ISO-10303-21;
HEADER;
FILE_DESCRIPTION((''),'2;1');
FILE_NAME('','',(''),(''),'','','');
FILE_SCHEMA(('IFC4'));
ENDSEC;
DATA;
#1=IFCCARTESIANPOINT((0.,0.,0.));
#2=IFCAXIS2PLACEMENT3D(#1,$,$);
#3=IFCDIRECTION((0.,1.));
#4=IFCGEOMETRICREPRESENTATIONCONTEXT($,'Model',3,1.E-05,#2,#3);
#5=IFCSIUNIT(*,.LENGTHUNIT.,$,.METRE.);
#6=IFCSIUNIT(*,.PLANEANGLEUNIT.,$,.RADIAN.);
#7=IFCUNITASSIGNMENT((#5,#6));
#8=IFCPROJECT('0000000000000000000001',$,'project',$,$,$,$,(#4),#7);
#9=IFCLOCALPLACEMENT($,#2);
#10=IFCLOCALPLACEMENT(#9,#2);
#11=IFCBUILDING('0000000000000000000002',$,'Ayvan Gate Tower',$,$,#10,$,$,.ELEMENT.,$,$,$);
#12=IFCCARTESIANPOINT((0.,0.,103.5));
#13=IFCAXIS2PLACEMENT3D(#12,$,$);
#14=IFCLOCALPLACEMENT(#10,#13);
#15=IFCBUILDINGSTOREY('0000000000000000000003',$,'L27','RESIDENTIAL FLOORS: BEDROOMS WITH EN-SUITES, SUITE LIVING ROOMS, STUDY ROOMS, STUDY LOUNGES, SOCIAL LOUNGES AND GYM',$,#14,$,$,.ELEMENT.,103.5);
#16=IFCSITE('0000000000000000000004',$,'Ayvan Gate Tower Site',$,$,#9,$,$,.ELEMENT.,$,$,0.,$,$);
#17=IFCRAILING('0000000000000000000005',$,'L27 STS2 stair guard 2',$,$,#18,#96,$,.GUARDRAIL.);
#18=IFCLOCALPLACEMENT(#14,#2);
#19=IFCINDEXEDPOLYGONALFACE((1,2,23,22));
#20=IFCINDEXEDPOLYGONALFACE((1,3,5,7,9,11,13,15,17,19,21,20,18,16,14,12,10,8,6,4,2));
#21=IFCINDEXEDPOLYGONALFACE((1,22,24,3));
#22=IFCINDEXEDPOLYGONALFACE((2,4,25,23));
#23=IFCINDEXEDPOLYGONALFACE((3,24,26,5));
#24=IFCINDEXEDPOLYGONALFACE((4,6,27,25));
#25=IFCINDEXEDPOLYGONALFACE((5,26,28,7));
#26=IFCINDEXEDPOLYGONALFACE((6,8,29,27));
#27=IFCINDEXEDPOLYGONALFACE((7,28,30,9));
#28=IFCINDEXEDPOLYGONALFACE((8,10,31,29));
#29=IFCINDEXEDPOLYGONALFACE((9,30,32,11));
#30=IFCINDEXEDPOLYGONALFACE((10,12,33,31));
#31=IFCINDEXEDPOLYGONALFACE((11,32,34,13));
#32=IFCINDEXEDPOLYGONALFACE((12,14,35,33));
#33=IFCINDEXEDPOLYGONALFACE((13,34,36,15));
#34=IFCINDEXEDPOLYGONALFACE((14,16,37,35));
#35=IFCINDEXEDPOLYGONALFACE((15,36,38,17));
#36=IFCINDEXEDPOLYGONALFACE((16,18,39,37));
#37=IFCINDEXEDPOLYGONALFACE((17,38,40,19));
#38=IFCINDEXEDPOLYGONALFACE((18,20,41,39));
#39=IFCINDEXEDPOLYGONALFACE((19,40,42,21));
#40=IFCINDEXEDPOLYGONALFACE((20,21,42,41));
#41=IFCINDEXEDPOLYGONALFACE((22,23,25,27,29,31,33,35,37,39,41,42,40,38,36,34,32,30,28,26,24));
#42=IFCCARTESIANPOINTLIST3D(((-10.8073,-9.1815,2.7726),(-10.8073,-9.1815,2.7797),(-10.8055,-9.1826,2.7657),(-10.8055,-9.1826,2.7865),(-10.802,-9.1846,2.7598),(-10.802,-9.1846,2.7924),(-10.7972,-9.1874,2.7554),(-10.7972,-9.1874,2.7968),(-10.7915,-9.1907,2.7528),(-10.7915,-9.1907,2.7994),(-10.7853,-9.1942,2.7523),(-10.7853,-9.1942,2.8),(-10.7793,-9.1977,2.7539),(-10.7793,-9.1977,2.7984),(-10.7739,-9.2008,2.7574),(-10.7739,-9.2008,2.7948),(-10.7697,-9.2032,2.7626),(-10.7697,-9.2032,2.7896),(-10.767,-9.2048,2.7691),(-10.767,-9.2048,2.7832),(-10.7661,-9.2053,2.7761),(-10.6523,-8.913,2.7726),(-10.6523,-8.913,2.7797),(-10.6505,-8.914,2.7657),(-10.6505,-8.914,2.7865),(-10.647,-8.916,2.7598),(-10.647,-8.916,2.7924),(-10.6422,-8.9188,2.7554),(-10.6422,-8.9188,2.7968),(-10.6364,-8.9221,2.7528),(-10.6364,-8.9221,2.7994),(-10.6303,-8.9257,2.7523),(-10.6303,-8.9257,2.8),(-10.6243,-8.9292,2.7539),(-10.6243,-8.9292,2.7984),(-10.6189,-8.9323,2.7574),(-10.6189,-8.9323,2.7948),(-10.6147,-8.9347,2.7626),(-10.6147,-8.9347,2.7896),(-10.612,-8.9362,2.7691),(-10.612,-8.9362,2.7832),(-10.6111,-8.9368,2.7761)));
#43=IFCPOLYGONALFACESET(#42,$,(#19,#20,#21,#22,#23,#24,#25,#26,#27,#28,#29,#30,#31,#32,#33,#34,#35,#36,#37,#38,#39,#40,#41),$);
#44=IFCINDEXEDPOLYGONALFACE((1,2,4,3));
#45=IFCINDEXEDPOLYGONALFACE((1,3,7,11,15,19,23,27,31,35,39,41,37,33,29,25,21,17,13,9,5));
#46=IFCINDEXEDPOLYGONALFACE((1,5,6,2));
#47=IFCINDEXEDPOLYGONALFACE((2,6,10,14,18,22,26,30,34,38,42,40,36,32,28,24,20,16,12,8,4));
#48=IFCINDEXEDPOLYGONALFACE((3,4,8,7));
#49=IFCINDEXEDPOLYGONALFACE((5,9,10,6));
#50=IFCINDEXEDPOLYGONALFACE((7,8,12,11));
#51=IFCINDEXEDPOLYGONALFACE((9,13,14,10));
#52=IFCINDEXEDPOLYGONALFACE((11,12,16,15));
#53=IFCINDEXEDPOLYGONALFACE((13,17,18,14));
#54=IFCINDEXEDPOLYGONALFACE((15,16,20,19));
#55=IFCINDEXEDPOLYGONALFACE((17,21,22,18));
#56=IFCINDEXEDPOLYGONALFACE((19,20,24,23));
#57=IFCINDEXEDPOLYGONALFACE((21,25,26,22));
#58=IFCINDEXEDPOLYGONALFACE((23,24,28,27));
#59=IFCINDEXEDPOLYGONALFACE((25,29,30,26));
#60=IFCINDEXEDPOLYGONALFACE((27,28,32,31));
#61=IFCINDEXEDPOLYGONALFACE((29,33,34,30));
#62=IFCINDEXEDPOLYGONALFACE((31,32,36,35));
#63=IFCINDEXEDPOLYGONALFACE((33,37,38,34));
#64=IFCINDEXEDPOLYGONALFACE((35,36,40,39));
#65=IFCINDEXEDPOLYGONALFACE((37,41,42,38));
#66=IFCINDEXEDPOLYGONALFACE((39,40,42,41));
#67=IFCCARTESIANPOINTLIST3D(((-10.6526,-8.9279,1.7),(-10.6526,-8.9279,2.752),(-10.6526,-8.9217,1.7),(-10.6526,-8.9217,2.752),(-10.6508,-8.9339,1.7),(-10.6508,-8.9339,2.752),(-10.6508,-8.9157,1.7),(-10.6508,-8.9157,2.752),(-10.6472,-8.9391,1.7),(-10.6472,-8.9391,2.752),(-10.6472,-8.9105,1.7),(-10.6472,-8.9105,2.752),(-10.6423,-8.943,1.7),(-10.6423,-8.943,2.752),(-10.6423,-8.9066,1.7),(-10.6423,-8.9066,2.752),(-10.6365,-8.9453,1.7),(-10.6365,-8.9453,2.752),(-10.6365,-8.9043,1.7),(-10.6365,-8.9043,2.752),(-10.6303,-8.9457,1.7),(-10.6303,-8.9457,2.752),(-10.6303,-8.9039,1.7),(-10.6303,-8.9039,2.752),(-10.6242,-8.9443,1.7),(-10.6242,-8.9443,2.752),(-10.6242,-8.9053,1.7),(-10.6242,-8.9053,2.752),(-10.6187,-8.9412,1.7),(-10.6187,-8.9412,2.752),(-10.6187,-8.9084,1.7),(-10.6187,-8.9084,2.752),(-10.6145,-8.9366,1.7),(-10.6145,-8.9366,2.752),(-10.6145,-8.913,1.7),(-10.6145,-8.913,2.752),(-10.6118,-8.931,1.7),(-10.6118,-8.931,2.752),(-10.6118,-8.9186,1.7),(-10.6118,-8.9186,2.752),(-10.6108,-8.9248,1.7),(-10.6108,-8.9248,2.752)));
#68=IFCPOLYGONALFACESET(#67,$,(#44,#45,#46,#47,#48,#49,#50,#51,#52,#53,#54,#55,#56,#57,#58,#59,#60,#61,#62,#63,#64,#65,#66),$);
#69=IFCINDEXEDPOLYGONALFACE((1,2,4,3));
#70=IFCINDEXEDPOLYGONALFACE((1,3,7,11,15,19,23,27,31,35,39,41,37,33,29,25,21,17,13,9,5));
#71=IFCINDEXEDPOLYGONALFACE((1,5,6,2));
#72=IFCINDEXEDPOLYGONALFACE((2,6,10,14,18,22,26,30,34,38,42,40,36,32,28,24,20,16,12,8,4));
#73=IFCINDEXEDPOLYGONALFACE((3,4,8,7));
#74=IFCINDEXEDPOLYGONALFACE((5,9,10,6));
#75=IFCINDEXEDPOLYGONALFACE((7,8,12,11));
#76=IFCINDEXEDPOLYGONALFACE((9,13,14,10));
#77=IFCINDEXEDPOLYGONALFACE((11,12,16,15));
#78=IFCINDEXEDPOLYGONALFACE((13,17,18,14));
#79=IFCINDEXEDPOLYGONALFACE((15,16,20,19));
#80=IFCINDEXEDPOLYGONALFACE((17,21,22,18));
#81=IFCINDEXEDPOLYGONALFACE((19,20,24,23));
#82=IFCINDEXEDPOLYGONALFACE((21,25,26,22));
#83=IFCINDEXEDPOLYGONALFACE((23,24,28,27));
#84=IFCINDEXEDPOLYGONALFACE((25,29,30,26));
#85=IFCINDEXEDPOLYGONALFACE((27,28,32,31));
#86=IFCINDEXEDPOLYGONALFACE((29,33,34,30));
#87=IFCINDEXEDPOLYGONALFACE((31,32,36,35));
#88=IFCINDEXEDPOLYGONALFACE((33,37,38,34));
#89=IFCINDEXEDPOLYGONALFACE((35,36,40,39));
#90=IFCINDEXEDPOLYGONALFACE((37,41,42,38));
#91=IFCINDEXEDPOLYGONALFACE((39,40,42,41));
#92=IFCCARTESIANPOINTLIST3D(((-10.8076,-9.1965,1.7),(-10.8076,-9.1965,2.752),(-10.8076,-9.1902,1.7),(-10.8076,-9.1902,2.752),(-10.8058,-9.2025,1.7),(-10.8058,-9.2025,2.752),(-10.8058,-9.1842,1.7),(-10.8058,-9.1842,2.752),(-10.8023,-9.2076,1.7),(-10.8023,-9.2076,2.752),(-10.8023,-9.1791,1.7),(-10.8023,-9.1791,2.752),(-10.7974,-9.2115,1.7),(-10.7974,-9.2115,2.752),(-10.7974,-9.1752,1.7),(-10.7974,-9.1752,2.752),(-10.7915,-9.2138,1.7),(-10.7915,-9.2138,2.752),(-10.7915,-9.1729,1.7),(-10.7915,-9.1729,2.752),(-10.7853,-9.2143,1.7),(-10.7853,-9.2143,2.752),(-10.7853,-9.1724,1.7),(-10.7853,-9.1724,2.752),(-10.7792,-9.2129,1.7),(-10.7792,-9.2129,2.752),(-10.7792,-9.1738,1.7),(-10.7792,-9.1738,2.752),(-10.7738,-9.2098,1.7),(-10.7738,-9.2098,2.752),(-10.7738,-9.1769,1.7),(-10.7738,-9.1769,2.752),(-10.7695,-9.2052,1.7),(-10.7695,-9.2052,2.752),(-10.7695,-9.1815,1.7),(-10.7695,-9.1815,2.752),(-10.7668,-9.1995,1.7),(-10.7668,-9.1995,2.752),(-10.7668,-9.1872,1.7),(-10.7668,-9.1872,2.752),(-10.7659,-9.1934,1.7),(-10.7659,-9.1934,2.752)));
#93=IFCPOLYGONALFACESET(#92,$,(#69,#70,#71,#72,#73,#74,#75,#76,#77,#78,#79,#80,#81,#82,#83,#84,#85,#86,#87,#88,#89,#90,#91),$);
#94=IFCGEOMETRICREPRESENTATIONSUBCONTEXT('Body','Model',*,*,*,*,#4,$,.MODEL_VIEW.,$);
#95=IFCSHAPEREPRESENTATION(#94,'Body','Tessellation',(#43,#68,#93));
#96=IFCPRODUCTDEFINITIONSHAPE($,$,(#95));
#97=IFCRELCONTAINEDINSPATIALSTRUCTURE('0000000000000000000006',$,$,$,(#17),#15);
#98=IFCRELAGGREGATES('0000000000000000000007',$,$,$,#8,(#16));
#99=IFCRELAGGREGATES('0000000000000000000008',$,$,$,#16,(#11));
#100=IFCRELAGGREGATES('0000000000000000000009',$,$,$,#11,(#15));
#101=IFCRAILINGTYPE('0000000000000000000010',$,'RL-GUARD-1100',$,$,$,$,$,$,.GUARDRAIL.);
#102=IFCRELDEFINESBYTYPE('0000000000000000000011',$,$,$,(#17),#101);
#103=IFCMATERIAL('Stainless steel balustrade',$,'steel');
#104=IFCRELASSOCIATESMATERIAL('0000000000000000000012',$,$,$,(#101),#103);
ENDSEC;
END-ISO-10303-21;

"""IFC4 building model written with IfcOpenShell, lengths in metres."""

from ifc_helpers import new_model, si_unit, direction, frame, origin, origin_2d, place, context, subcontext, project, spatial, circle, extrude, material, type_object, element, save


model = new_model("IFC4")

# Units and contexts
model_context = context("Model", 3, precision=1e-05, world=origin(), true_north=direction((0.0, 1.0)))
body_context = subcontext(model_context, "Body", "Model", "MODEL_VIEW")
ifc_project = project(units=[si_unit("LENGTHUNIT", "METRE"), si_unit("PLANEANGLEUNIT", "RADIAN")], contexts=[model_context])

# Site, building, storey
site_placement = place(None, origin())
site = spatial("IfcSite", under=ifc_project, at=site_placement, Name="Ayvan Gate Tower Site", CompositionType="ELEMENT", RefElevation=0.0)
building_placement = place(site_placement, origin())
building = spatial("IfcBuilding", under=site, at=building_placement, Name="Ayvan Gate Tower", CompositionType="ELEMENT")
storey_placement = place(building_placement, frame((0.0, 0.0, 103.5)))
storey = spatial("IfcBuildingStorey", under=building, at=storey_placement, Name="L27", Description="RESIDENTIAL FLOORS: BEDROOMS WITH EN-SUITES, SUITE LIVING ROOMS, STUDY ROOMS, STUDY LOUNGES, SOCIAL LOUNGES AND GYM", CompositionType="ELEMENT", Elevation=103.5)

# Railing
ifc_material_1 = material(Name="Stainless steel balustrade", Category="steel")
railing_type_1 = type_object("IfcRailingType", Name="RL-GUARD-1100", PredefinedType="GUARDRAIL", material=ifc_material_1)
railing_1_placement = place(storey_placement, frame((-10.6318, -8.9248, 1.7)))
element("IfcRailing", 1, at=railing_1_placement, inside=storey, type_object=railing_type_1, Name="L27 STS2 stair guard 2", PredefinedType="GUARDRAIL", context=body_context, shape_type="SweptSolid", body=[
    extrude(circle(Radius=0.0239, at=origin_2d()), frame((0.0, 0.0, 1.0762), z_axis=(-0.49995, -0.866054, 0.0), x_axis=(0.866054, -0.49995, 0.0)), (0.0, 0.0, 1.0), 0.3101),
    extrude(circle(Radius=0.021, at=origin_2d()), origin(), (0.0, 0.0, 1.0), 1.052),
    extrude(circle(Radius=0.021, at=origin_2d()), frame((-0.155, -0.2686, 0.0)), (0.0, 0.0, 1.0), 1.052),
])

save(model, "model.ifc")
